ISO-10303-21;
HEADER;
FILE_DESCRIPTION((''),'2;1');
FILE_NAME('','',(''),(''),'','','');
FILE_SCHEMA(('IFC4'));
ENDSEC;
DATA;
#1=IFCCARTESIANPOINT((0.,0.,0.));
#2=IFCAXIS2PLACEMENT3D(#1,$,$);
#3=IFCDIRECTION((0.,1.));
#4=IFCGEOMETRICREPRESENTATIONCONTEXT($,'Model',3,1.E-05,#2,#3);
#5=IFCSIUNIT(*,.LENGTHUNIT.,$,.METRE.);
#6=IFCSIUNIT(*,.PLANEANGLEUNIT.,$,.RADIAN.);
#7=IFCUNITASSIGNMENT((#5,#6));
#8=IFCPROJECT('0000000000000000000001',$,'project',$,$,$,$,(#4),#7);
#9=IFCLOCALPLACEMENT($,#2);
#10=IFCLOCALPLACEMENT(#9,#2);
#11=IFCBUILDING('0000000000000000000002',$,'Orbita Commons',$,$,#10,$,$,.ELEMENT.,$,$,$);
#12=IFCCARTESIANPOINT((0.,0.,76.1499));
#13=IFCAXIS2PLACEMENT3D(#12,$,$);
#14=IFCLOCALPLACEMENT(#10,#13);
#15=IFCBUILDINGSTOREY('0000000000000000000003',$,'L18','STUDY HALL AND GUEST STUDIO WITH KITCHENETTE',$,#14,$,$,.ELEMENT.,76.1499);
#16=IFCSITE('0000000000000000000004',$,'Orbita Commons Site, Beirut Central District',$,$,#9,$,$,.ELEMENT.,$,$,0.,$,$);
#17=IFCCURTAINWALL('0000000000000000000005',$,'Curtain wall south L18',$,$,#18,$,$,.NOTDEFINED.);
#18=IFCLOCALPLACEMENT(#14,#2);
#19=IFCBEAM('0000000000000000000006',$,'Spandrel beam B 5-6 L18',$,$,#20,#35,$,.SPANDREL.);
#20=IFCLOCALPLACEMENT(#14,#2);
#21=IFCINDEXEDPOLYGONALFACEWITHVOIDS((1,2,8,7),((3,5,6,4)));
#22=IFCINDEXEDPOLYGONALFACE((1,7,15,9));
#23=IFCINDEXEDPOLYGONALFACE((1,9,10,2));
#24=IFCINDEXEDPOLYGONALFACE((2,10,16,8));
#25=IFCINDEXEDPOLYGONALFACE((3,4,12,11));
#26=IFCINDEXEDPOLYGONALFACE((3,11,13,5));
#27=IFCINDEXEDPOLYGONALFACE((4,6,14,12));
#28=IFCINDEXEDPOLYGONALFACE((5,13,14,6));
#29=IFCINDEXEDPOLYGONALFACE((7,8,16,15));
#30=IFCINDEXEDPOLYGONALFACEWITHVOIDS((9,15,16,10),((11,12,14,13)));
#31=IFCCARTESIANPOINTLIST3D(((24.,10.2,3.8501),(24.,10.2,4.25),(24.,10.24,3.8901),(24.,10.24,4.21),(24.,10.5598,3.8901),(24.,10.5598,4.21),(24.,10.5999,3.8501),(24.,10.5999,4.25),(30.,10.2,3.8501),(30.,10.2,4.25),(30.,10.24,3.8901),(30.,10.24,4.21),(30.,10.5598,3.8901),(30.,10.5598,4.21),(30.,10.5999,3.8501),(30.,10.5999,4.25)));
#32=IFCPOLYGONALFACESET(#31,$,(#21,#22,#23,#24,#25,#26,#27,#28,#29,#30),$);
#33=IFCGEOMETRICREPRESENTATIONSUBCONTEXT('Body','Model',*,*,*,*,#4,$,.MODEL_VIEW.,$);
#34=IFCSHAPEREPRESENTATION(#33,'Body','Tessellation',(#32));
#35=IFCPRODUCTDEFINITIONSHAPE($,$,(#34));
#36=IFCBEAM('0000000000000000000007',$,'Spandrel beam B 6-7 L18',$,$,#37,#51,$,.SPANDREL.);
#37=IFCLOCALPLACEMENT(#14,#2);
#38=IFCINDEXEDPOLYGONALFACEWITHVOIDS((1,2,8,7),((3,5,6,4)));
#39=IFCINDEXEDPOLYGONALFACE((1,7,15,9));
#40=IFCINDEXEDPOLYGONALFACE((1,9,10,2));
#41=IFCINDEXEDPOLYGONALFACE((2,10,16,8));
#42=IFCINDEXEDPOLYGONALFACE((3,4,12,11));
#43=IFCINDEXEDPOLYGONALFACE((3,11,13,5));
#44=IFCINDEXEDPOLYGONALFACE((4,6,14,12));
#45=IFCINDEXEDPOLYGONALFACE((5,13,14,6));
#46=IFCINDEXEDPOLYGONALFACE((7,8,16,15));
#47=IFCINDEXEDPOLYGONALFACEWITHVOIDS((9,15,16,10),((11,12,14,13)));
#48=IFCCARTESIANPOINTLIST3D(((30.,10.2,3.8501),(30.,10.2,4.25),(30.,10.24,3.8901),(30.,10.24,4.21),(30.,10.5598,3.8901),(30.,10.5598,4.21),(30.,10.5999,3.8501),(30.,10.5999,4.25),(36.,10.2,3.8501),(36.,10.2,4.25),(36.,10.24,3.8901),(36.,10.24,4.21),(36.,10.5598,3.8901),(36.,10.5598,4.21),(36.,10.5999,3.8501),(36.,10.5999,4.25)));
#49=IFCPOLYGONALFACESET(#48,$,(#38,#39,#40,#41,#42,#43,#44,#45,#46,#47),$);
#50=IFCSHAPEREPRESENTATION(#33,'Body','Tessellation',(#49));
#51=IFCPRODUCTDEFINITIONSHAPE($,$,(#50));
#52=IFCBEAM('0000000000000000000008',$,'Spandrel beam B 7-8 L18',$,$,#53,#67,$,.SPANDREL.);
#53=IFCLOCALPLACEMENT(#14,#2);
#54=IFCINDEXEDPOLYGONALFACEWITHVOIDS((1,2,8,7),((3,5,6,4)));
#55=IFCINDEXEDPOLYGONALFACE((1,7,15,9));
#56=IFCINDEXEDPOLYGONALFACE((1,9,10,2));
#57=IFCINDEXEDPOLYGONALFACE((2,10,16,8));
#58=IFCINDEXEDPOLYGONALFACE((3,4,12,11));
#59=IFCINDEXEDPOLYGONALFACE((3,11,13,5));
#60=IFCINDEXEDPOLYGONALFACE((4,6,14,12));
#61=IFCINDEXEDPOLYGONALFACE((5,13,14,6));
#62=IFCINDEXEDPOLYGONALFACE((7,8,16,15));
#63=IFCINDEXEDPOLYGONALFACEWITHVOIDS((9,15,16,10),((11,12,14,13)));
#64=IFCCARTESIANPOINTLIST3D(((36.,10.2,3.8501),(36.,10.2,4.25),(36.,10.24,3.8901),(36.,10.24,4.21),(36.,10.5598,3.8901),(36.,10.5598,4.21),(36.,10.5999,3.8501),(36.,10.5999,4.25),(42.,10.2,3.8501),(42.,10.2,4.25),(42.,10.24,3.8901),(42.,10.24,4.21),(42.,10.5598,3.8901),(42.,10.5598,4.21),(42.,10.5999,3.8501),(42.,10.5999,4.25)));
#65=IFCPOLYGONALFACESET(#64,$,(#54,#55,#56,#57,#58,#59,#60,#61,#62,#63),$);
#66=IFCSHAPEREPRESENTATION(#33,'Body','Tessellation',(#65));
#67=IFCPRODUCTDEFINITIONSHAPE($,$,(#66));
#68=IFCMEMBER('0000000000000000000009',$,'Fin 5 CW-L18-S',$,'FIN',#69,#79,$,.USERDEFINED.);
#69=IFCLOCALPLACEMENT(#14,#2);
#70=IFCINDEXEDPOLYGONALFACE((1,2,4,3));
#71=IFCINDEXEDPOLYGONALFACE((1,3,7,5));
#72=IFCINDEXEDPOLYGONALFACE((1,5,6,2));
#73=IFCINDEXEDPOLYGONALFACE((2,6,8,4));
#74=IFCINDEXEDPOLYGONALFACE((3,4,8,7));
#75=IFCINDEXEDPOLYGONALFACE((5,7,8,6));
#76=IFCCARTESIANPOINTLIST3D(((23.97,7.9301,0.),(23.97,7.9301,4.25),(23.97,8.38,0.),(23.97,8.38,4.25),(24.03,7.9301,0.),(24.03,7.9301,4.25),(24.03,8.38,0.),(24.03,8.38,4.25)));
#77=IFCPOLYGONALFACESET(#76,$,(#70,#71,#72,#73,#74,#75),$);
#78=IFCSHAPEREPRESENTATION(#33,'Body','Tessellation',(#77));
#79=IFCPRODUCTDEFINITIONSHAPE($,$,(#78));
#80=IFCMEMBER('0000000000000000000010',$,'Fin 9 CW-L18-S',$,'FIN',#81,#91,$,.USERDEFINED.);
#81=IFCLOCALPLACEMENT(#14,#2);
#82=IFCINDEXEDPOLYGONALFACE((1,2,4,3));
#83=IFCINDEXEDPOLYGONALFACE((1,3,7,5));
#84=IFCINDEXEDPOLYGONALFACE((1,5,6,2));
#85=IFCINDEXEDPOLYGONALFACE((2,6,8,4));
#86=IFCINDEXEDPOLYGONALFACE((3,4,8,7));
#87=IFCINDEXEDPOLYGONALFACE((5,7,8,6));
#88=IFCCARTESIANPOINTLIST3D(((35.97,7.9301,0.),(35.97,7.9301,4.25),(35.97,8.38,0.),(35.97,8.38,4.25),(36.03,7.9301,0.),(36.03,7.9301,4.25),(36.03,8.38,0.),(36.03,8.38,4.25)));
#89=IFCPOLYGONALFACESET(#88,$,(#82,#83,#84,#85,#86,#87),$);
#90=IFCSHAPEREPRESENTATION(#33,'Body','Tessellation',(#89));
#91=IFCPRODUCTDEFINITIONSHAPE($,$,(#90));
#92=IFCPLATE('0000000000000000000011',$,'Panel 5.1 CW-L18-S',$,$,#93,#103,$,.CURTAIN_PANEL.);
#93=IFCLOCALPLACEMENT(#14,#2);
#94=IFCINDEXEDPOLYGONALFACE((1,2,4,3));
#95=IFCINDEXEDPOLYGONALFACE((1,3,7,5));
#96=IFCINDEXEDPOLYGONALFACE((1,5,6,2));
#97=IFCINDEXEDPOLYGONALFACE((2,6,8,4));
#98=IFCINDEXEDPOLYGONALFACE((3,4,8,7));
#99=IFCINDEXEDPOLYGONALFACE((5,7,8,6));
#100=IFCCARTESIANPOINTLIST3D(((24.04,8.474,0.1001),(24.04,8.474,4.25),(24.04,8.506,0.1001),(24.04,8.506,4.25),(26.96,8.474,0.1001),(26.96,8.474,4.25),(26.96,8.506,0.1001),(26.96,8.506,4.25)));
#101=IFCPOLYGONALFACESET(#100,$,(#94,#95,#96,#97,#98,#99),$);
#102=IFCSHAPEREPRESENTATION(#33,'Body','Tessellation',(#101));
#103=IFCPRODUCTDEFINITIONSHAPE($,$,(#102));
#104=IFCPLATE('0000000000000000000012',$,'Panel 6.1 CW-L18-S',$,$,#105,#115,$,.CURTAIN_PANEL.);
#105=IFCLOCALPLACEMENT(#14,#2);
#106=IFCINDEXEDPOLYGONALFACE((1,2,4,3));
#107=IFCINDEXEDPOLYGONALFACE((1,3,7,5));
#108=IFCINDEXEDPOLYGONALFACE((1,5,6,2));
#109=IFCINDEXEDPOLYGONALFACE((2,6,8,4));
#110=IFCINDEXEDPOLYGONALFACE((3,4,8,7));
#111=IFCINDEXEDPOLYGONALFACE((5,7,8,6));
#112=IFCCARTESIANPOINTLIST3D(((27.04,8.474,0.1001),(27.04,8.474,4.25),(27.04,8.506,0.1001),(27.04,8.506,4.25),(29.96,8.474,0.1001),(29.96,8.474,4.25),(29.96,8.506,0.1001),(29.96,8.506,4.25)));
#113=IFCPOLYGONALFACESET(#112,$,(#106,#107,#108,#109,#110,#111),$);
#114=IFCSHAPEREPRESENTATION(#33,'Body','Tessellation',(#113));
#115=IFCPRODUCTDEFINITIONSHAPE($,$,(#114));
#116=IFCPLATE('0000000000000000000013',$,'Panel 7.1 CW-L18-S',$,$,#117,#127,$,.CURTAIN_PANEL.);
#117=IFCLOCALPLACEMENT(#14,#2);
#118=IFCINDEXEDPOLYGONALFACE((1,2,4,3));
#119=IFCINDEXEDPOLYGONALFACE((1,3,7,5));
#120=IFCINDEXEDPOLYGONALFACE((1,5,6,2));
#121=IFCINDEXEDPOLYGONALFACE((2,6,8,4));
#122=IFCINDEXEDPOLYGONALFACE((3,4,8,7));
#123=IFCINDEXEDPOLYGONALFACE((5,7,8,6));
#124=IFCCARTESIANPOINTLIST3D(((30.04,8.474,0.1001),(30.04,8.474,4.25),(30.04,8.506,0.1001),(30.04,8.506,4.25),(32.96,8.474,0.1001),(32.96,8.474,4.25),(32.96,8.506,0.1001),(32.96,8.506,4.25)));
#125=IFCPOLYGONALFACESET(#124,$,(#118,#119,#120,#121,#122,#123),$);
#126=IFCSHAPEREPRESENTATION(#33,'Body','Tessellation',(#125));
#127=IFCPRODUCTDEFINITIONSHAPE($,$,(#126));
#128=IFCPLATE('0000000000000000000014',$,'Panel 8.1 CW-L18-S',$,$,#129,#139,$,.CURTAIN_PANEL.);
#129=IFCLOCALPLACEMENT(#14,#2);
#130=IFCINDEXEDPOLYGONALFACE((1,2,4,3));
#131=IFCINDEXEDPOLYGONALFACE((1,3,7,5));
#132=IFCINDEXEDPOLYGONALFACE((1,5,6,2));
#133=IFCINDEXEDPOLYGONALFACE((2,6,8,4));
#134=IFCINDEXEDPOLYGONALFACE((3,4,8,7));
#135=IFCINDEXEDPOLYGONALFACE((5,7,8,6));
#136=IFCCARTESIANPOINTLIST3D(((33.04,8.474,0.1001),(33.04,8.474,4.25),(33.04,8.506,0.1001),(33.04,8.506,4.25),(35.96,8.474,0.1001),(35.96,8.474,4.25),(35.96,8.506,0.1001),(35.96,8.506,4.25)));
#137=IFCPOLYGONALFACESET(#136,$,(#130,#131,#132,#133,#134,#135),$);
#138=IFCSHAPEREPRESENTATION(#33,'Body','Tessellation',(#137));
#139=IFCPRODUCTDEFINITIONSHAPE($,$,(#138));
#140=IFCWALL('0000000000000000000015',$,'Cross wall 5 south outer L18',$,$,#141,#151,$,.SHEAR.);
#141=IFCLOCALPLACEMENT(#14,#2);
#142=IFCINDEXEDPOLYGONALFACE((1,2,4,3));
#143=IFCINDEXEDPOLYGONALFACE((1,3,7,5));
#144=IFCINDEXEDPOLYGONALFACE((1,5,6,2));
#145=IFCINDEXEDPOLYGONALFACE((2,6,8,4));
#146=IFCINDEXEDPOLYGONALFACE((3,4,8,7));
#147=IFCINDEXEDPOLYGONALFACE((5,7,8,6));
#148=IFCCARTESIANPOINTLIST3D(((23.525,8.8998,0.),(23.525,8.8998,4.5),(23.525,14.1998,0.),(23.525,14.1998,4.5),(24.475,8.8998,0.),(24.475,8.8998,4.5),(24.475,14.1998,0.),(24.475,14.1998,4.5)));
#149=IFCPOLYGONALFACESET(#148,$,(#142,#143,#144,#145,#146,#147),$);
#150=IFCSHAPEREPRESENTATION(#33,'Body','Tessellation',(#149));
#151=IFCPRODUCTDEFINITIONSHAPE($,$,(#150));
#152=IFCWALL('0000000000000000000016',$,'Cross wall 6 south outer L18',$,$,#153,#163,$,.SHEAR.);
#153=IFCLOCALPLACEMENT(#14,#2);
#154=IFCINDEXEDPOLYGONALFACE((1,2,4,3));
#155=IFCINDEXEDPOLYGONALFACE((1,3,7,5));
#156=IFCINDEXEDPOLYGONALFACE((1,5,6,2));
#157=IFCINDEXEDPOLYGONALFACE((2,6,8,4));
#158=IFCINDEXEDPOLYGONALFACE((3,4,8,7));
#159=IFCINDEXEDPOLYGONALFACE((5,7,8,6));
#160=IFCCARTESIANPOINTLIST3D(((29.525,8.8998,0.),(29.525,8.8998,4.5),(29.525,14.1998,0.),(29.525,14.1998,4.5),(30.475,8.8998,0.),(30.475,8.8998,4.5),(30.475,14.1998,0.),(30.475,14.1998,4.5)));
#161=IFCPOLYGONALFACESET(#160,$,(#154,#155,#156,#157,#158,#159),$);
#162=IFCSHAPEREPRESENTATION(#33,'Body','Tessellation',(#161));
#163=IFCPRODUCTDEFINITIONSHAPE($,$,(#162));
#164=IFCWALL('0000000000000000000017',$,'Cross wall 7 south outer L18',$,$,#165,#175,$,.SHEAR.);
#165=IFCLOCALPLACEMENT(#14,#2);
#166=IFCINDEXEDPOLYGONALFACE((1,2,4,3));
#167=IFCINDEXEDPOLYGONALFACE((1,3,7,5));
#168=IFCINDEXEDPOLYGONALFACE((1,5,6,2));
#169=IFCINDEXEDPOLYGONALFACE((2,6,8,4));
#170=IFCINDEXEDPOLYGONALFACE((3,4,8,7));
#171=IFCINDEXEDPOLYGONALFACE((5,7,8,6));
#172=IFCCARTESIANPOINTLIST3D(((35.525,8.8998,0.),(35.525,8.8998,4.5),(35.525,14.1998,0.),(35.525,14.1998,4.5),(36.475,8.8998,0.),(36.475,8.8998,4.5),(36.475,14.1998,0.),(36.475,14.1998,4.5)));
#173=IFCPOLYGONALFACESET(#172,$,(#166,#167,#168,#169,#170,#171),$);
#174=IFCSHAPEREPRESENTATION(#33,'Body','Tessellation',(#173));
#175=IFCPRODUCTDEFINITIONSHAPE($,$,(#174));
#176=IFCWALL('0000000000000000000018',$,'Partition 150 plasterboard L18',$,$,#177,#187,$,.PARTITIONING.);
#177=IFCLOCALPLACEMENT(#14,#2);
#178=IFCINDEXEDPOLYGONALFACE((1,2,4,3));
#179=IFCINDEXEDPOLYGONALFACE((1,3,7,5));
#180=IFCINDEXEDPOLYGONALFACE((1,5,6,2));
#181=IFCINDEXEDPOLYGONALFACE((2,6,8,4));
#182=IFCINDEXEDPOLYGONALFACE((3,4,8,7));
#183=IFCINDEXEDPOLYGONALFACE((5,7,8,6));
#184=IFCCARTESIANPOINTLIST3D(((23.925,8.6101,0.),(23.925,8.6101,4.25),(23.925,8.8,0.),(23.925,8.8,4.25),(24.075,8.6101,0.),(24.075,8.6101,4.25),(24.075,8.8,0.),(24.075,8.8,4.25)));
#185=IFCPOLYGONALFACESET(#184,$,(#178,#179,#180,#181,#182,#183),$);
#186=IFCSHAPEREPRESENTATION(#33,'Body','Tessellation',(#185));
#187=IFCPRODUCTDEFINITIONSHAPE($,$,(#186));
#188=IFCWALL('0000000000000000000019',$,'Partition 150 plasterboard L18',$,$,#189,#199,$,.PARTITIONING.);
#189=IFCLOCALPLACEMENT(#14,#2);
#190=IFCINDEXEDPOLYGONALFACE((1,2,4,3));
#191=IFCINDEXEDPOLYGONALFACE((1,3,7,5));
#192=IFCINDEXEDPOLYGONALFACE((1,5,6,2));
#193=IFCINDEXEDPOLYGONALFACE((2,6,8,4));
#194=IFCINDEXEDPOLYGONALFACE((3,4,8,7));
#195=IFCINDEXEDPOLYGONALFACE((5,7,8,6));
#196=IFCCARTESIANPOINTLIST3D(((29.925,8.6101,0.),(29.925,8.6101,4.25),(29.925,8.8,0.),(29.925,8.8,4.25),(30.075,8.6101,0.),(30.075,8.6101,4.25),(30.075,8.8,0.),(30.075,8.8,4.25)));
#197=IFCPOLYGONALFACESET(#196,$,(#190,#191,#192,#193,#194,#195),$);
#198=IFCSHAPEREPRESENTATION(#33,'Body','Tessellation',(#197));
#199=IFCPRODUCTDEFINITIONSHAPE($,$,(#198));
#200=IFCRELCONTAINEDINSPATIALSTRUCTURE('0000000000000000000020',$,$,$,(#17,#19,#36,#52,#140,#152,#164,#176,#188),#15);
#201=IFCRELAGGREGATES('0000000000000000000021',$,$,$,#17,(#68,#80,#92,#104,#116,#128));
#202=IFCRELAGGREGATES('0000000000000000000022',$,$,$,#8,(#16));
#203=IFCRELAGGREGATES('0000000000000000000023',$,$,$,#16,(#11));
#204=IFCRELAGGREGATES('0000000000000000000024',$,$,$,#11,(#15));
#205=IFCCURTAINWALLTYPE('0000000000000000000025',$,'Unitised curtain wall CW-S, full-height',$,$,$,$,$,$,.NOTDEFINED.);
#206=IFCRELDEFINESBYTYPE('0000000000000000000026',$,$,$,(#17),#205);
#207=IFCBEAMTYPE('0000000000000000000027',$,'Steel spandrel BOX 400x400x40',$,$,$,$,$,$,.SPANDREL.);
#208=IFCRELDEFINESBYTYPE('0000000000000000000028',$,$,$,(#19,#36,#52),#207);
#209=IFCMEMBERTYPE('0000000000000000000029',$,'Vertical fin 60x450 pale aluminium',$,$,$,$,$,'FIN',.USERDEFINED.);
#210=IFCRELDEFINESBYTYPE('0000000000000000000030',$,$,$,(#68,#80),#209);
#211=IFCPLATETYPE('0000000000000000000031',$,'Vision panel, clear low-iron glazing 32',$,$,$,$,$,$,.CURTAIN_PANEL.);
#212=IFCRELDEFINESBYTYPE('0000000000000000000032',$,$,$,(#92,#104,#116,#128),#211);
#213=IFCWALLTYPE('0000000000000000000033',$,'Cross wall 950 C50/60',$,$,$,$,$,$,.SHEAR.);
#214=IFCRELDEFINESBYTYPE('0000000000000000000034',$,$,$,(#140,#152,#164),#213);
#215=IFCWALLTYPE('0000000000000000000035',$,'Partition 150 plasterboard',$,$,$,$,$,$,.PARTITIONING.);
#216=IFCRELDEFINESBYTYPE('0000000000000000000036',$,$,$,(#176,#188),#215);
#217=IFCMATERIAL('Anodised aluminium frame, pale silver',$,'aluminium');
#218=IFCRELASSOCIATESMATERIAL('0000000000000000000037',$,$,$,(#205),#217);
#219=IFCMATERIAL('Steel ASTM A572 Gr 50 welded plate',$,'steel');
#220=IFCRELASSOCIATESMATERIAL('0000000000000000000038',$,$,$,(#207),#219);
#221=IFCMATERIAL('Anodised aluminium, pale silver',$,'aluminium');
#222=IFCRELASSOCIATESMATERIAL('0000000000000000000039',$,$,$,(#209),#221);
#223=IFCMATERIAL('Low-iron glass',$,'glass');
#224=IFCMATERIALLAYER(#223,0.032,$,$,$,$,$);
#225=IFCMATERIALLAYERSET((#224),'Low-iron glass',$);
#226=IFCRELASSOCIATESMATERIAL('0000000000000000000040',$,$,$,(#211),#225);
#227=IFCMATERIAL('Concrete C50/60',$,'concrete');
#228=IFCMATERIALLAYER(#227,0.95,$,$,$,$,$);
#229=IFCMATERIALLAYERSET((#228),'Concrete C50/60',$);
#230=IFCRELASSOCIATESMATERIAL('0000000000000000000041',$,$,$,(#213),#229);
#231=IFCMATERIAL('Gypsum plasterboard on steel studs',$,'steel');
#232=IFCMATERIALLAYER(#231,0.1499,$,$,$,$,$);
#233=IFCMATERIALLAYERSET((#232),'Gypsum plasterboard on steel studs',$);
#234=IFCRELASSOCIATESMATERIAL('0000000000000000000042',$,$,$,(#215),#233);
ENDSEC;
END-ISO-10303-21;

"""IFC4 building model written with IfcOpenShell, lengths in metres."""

from ifc_helpers import new_model, si_unit, direction, frame, frame_2d, origin, origin_2d, place, context, subcontext, project, spatial, rectangle, hollow_rectangle, extrude, material, layer, layer_set, material_profile, profile_set, type_object, element, aggregate, save


model = new_model("IFC4")

# Units and contexts
model_context = context("Model", 3, precision=1e-05, world=origin(), true_north=direction((0.0, 1.0)))
body_context = subcontext(model_context, "Body", "Model", "MODEL_VIEW")
ifc_project = project(units=[si_unit("LENGTHUNIT", "METRE"), si_unit("PLANEANGLEUNIT", "RADIAN")], contexts=[model_context])

# Site, building, storey
site_placement = place(None, origin())
site = spatial("IfcSite", under=ifc_project, at=site_placement, Name="Orbita Commons Site, Beirut Central District", CompositionType="ELEMENT", RefElevation=0.0)
building_placement = place(site_placement, origin())
building = spatial("IfcBuilding", under=site, at=building_placement, Name="Orbita Commons", CompositionType="ELEMENT")
storey_placement = place(building_placement, frame((0.0, 0.0, 76.1499)))
storey = spatial("IfcBuildingStorey", under=building, at=storey_placement, Name="L18", Description="STUDY HALL AND GUEST STUDIO WITH KITCHENETTE", CompositionType="ELEMENT", Elevation=76.1499)

# Curtain wall
ifc_material_1 = material(Name="Anodised aluminium frame, pale silver", Category="aluminium")
curtain_wall_type = type_object("IfcCurtainWallType", Name="Unitised curtain wall CW-S, full-height", PredefinedType="NOTDEFINED", material=ifc_material_1)
curtain_wall_placement = place(storey_placement, origin())
curtain_wall = element("IfcCurtainWall", 1, at=curtain_wall_placement, inside=storey, type_object=curtain_wall_type, Name="Curtain wall south L18", PredefinedType="NOTDEFINED")

# Beams
ifc_material_2 = material(Name="Steel ASTM A572 Gr 50 welded plate", Category="steel")
ifc_material_profile_1 = material_profile(ifc_material_2, hollow_rectangle(XDim=0.3999, YDim=0.3999, WallThickness=0.04, at=origin_2d()), Name="BOX 400x400x40")
ifc_profile_set_1 = profile_set([ifc_material_profile_1], Name="Steel ASTM A572 Gr 50 welded plate")
beam_type = type_object("IfcBeamType", Name="Steel spandrel BOX 400x400x40", PredefinedType="SPANDREL", material=ifc_profile_set_1)
for number, where, z_axis, x_axis, name in (
    (2, (24.0, 10.3999, 4.05), (1.0, 0.0, 0.0), (0.0, 1.0, 0.0), "Spandrel beam B 5-6 L18"),
    (3, (30.0, 10.3999, 4.05), (1.0, 0.0, 0.0), (0.0, 1.0, 0.0), "Spandrel beam B 6-7 L18"),
    (4, (36.0, 10.3999, 4.05), (1.0, 0.0, 0.0), (0.0, 1.0, 0.0), "Spandrel beam B 7-8 L18"),
):
    element("IfcBeam", number, at=place(storey_placement, frame(where, z_axis=z_axis, x_axis=x_axis)), inside=storey, type_object=beam_type, Name=name, PredefinedType="SPANDREL", context=body_context, shape_type="SweptSolid", body=[
        extrude(hollow_rectangle(XDim=0.3999, YDim=0.3999, WallThickness=0.04, at=origin_2d()), origin(), (0.0, 0.0, 1.0), 6.0),
    ])

# Members
ifc_material_3 = material(Name="Anodised aluminium, pale silver", Category="aluminium")
ifc_material_profile_2 = material_profile(ifc_material_3, rectangle(XDim=0.0601, YDim=0.45, at=origin_2d()), Name="FIN 60x450")
ifc_profile_set_2 = profile_set([ifc_material_profile_2], Name="Anodised aluminium, pale silver")
member_type_1 = type_object("IfcMemberType", Name="Vertical fin 60x450 pale aluminium", ElementType="FIN", PredefinedType="USERDEFINED", material=ifc_profile_set_2)
member_1_placement = place(storey_placement, frame((24.0, 8.155, 0.0), z_axis=(0.0, 0.0, 1.0), x_axis=(1.0, 0.0, 0.0)))
member_1 = element("IfcMember", 5, at=member_1_placement, type_object=member_type_1, Name="Fin 5 CW-L18-S", ObjectType="FIN", PredefinedType="USERDEFINED", context=body_context, shape_type="SweptSolid", body=[
    extrude(rectangle(XDim=0.0601, YDim=0.45, at=origin_2d()), origin(), (0.0, 0.0, 1.0), 4.25),
])
member_2_placement = place(storey_placement, frame((36.0, 8.155, 0.0), z_axis=(0.0, 0.0, 1.0), x_axis=(1.0, 0.0, 0.0)))
member_2 = element("IfcMember", 6, at=member_2_placement, type_object=member_type_1, Name="Fin 9 CW-L18-S", ObjectType="FIN", PredefinedType="USERDEFINED", context=body_context, shape_type="SweptSolid", body=[
    extrude(rectangle(XDim=0.0601, YDim=0.45, at=origin_2d()), origin(), (0.0, 0.0, 1.0), 4.25),
])

# Plates
ifc_material_4 = material(Name="Low-iron glass", Category="glass")
ifc_layer_1 = layer(ifc_material_4, 0.032)
ifc_layer_set_1 = layer_set([ifc_layer_1], Name="Low-iron glass")
plate_type = type_object("IfcPlateType", Name="Vision panel, clear low-iron glazing 32", PredefinedType="CURTAIN_PANEL", material=ifc_layer_set_1)
plate_1_placement = place(storey_placement, frame((25.5, 8.49, 0.1001), z_axis=(0.0, 0.0, 1.0), x_axis=(1.0, 0.0, 0.0)))
plate_1 = element("IfcPlate", 7, at=plate_1_placement, type_object=plate_type, Name="Panel 5.1 CW-L18-S", PredefinedType="CURTAIN_PANEL", context=body_context, shape_type="SweptSolid", body=[
    extrude(rectangle(XDim=2.9199, YDim=0.032, at=origin_2d()), origin(), (0.0, 0.0, 1.0), 4.1499),
])
plate_2_placement = place(storey_placement, frame((28.5, 8.49, 0.1001), z_axis=(0.0, 0.0, 1.0), x_axis=(1.0, 0.0, 0.0)))
plate_2 = element("IfcPlate", 8, at=plate_2_placement, type_object=plate_type, Name="Panel 6.1 CW-L18-S", PredefinedType="CURTAIN_PANEL", context=body_context, shape_type="SweptSolid", body=[
    extrude(rectangle(XDim=2.9199, YDim=0.032, at=origin_2d()), origin(), (0.0, 0.0, 1.0), 4.1499),
])
plate_3_placement = place(storey_placement, frame((31.5, 8.49, 0.1001), z_axis=(0.0, 0.0, 1.0), x_axis=(1.0, 0.0, 0.0)))
plate_3 = element("IfcPlate", 9, at=plate_3_placement, type_object=plate_type, Name="Panel 7.1 CW-L18-S", PredefinedType="CURTAIN_PANEL", context=body_context, shape_type="SweptSolid", body=[
    extrude(rectangle(XDim=2.9199, YDim=0.032, at=origin_2d()), origin(), (0.0, 0.0, 1.0), 4.1499),
])
plate_4_placement = place(storey_placement, frame((34.5, 8.49, 0.1001), z_axis=(0.0, 0.0, 1.0), x_axis=(1.0, 0.0, 0.0)))
plate_4 = element("IfcPlate", 10, at=plate_4_placement, type_object=plate_type, Name="Panel 8.1 CW-L18-S", PredefinedType="CURTAIN_PANEL", context=body_context, shape_type="SweptSolid", body=[
    extrude(rectangle(XDim=2.9199, YDim=0.032, at=origin_2d()), origin(), (0.0, 0.0, 1.0), 4.1499),
])
aggregate(curtain_wall, [member_1, member_2, plate_1, plate_2, plate_3, plate_4])

# Walls
ifc_material_5 = material(Name="Concrete C50/60", Category="concrete")
ifc_layer_2 = layer(ifc_material_5, 0.95)
ifc_layer_set_2 = layer_set([ifc_layer_2], Name="Concrete C50/60")
wall_type_1 = type_object("IfcWallType", Name="Cross wall 950 C50/60", PredefinedType="SHEAR", material=ifc_layer_set_2)
for number, where, z_axis, x_axis, name in (
    (11, (24.0, 8.8999, 0.0), (0.0, 0.0, 1.0), (0.0, 1.0, 0.0), "Cross wall 5 south outer L18"),
    (12, (30.0, 8.8999, 0.0), (0.0, 0.0, 1.0), (0.0, 1.0, 0.0), "Cross wall 6 south outer L18"),
    (13, (36.0, 8.8999, 0.0), (0.0, 0.0, 1.0), (0.0, 1.0, 0.0), "Cross wall 7 south outer L18"),
):
    element("IfcWall", number, at=place(storey_placement, frame(where, z_axis=z_axis, x_axis=x_axis)), inside=storey, type_object=wall_type_1, Name=name, PredefinedType="SHEAR", context=body_context, shape_type="SweptSolid", body=[
        extrude(rectangle(XDim=5.3, YDim=0.95, at=frame_2d((2.6499, 0.0))), origin(), (0.0, 0.0, 1.0), 4.5),
    ])
ifc_material_6 = material(Name="Gypsum plasterboard on steel studs", Category="steel")
ifc_layer_3 = layer(ifc_material_6, 0.1499)
ifc_layer_set_3 = layer_set([ifc_layer_3], Name="Gypsum plasterboard on steel studs")
wall_type_2 = type_object("IfcWallType", Name="Partition 150 plasterboard", PredefinedType="PARTITIONING", material=ifc_layer_set_3)
for number, where, z_axis, x_axis, name in (
    (14, (24.0, 8.8, 0.0), (0.0, 0.0, 1.0), (0.0, -1.0, 0.0), "Partition 150 plasterboard L18"),
    (15, (30.0, 8.8, 0.0), (0.0, 0.0, 1.0), (0.0, -1.0, 0.0), "Partition 150 plasterboard L18"),
):
    element("IfcWall", number, at=place(storey_placement, frame(where, z_axis=z_axis, x_axis=x_axis)), inside=storey, type_object=wall_type_2, Name=name, PredefinedType="PARTITIONING", context=body_context, shape_type="SweptSolid", body=[
        extrude(rectangle(XDim=0.1899, YDim=0.1499, at=frame_2d((0.095, 0.0))), origin(), (0.0, 0.0, 1.0), 4.25),
    ])

save(model, "model.ifc")
